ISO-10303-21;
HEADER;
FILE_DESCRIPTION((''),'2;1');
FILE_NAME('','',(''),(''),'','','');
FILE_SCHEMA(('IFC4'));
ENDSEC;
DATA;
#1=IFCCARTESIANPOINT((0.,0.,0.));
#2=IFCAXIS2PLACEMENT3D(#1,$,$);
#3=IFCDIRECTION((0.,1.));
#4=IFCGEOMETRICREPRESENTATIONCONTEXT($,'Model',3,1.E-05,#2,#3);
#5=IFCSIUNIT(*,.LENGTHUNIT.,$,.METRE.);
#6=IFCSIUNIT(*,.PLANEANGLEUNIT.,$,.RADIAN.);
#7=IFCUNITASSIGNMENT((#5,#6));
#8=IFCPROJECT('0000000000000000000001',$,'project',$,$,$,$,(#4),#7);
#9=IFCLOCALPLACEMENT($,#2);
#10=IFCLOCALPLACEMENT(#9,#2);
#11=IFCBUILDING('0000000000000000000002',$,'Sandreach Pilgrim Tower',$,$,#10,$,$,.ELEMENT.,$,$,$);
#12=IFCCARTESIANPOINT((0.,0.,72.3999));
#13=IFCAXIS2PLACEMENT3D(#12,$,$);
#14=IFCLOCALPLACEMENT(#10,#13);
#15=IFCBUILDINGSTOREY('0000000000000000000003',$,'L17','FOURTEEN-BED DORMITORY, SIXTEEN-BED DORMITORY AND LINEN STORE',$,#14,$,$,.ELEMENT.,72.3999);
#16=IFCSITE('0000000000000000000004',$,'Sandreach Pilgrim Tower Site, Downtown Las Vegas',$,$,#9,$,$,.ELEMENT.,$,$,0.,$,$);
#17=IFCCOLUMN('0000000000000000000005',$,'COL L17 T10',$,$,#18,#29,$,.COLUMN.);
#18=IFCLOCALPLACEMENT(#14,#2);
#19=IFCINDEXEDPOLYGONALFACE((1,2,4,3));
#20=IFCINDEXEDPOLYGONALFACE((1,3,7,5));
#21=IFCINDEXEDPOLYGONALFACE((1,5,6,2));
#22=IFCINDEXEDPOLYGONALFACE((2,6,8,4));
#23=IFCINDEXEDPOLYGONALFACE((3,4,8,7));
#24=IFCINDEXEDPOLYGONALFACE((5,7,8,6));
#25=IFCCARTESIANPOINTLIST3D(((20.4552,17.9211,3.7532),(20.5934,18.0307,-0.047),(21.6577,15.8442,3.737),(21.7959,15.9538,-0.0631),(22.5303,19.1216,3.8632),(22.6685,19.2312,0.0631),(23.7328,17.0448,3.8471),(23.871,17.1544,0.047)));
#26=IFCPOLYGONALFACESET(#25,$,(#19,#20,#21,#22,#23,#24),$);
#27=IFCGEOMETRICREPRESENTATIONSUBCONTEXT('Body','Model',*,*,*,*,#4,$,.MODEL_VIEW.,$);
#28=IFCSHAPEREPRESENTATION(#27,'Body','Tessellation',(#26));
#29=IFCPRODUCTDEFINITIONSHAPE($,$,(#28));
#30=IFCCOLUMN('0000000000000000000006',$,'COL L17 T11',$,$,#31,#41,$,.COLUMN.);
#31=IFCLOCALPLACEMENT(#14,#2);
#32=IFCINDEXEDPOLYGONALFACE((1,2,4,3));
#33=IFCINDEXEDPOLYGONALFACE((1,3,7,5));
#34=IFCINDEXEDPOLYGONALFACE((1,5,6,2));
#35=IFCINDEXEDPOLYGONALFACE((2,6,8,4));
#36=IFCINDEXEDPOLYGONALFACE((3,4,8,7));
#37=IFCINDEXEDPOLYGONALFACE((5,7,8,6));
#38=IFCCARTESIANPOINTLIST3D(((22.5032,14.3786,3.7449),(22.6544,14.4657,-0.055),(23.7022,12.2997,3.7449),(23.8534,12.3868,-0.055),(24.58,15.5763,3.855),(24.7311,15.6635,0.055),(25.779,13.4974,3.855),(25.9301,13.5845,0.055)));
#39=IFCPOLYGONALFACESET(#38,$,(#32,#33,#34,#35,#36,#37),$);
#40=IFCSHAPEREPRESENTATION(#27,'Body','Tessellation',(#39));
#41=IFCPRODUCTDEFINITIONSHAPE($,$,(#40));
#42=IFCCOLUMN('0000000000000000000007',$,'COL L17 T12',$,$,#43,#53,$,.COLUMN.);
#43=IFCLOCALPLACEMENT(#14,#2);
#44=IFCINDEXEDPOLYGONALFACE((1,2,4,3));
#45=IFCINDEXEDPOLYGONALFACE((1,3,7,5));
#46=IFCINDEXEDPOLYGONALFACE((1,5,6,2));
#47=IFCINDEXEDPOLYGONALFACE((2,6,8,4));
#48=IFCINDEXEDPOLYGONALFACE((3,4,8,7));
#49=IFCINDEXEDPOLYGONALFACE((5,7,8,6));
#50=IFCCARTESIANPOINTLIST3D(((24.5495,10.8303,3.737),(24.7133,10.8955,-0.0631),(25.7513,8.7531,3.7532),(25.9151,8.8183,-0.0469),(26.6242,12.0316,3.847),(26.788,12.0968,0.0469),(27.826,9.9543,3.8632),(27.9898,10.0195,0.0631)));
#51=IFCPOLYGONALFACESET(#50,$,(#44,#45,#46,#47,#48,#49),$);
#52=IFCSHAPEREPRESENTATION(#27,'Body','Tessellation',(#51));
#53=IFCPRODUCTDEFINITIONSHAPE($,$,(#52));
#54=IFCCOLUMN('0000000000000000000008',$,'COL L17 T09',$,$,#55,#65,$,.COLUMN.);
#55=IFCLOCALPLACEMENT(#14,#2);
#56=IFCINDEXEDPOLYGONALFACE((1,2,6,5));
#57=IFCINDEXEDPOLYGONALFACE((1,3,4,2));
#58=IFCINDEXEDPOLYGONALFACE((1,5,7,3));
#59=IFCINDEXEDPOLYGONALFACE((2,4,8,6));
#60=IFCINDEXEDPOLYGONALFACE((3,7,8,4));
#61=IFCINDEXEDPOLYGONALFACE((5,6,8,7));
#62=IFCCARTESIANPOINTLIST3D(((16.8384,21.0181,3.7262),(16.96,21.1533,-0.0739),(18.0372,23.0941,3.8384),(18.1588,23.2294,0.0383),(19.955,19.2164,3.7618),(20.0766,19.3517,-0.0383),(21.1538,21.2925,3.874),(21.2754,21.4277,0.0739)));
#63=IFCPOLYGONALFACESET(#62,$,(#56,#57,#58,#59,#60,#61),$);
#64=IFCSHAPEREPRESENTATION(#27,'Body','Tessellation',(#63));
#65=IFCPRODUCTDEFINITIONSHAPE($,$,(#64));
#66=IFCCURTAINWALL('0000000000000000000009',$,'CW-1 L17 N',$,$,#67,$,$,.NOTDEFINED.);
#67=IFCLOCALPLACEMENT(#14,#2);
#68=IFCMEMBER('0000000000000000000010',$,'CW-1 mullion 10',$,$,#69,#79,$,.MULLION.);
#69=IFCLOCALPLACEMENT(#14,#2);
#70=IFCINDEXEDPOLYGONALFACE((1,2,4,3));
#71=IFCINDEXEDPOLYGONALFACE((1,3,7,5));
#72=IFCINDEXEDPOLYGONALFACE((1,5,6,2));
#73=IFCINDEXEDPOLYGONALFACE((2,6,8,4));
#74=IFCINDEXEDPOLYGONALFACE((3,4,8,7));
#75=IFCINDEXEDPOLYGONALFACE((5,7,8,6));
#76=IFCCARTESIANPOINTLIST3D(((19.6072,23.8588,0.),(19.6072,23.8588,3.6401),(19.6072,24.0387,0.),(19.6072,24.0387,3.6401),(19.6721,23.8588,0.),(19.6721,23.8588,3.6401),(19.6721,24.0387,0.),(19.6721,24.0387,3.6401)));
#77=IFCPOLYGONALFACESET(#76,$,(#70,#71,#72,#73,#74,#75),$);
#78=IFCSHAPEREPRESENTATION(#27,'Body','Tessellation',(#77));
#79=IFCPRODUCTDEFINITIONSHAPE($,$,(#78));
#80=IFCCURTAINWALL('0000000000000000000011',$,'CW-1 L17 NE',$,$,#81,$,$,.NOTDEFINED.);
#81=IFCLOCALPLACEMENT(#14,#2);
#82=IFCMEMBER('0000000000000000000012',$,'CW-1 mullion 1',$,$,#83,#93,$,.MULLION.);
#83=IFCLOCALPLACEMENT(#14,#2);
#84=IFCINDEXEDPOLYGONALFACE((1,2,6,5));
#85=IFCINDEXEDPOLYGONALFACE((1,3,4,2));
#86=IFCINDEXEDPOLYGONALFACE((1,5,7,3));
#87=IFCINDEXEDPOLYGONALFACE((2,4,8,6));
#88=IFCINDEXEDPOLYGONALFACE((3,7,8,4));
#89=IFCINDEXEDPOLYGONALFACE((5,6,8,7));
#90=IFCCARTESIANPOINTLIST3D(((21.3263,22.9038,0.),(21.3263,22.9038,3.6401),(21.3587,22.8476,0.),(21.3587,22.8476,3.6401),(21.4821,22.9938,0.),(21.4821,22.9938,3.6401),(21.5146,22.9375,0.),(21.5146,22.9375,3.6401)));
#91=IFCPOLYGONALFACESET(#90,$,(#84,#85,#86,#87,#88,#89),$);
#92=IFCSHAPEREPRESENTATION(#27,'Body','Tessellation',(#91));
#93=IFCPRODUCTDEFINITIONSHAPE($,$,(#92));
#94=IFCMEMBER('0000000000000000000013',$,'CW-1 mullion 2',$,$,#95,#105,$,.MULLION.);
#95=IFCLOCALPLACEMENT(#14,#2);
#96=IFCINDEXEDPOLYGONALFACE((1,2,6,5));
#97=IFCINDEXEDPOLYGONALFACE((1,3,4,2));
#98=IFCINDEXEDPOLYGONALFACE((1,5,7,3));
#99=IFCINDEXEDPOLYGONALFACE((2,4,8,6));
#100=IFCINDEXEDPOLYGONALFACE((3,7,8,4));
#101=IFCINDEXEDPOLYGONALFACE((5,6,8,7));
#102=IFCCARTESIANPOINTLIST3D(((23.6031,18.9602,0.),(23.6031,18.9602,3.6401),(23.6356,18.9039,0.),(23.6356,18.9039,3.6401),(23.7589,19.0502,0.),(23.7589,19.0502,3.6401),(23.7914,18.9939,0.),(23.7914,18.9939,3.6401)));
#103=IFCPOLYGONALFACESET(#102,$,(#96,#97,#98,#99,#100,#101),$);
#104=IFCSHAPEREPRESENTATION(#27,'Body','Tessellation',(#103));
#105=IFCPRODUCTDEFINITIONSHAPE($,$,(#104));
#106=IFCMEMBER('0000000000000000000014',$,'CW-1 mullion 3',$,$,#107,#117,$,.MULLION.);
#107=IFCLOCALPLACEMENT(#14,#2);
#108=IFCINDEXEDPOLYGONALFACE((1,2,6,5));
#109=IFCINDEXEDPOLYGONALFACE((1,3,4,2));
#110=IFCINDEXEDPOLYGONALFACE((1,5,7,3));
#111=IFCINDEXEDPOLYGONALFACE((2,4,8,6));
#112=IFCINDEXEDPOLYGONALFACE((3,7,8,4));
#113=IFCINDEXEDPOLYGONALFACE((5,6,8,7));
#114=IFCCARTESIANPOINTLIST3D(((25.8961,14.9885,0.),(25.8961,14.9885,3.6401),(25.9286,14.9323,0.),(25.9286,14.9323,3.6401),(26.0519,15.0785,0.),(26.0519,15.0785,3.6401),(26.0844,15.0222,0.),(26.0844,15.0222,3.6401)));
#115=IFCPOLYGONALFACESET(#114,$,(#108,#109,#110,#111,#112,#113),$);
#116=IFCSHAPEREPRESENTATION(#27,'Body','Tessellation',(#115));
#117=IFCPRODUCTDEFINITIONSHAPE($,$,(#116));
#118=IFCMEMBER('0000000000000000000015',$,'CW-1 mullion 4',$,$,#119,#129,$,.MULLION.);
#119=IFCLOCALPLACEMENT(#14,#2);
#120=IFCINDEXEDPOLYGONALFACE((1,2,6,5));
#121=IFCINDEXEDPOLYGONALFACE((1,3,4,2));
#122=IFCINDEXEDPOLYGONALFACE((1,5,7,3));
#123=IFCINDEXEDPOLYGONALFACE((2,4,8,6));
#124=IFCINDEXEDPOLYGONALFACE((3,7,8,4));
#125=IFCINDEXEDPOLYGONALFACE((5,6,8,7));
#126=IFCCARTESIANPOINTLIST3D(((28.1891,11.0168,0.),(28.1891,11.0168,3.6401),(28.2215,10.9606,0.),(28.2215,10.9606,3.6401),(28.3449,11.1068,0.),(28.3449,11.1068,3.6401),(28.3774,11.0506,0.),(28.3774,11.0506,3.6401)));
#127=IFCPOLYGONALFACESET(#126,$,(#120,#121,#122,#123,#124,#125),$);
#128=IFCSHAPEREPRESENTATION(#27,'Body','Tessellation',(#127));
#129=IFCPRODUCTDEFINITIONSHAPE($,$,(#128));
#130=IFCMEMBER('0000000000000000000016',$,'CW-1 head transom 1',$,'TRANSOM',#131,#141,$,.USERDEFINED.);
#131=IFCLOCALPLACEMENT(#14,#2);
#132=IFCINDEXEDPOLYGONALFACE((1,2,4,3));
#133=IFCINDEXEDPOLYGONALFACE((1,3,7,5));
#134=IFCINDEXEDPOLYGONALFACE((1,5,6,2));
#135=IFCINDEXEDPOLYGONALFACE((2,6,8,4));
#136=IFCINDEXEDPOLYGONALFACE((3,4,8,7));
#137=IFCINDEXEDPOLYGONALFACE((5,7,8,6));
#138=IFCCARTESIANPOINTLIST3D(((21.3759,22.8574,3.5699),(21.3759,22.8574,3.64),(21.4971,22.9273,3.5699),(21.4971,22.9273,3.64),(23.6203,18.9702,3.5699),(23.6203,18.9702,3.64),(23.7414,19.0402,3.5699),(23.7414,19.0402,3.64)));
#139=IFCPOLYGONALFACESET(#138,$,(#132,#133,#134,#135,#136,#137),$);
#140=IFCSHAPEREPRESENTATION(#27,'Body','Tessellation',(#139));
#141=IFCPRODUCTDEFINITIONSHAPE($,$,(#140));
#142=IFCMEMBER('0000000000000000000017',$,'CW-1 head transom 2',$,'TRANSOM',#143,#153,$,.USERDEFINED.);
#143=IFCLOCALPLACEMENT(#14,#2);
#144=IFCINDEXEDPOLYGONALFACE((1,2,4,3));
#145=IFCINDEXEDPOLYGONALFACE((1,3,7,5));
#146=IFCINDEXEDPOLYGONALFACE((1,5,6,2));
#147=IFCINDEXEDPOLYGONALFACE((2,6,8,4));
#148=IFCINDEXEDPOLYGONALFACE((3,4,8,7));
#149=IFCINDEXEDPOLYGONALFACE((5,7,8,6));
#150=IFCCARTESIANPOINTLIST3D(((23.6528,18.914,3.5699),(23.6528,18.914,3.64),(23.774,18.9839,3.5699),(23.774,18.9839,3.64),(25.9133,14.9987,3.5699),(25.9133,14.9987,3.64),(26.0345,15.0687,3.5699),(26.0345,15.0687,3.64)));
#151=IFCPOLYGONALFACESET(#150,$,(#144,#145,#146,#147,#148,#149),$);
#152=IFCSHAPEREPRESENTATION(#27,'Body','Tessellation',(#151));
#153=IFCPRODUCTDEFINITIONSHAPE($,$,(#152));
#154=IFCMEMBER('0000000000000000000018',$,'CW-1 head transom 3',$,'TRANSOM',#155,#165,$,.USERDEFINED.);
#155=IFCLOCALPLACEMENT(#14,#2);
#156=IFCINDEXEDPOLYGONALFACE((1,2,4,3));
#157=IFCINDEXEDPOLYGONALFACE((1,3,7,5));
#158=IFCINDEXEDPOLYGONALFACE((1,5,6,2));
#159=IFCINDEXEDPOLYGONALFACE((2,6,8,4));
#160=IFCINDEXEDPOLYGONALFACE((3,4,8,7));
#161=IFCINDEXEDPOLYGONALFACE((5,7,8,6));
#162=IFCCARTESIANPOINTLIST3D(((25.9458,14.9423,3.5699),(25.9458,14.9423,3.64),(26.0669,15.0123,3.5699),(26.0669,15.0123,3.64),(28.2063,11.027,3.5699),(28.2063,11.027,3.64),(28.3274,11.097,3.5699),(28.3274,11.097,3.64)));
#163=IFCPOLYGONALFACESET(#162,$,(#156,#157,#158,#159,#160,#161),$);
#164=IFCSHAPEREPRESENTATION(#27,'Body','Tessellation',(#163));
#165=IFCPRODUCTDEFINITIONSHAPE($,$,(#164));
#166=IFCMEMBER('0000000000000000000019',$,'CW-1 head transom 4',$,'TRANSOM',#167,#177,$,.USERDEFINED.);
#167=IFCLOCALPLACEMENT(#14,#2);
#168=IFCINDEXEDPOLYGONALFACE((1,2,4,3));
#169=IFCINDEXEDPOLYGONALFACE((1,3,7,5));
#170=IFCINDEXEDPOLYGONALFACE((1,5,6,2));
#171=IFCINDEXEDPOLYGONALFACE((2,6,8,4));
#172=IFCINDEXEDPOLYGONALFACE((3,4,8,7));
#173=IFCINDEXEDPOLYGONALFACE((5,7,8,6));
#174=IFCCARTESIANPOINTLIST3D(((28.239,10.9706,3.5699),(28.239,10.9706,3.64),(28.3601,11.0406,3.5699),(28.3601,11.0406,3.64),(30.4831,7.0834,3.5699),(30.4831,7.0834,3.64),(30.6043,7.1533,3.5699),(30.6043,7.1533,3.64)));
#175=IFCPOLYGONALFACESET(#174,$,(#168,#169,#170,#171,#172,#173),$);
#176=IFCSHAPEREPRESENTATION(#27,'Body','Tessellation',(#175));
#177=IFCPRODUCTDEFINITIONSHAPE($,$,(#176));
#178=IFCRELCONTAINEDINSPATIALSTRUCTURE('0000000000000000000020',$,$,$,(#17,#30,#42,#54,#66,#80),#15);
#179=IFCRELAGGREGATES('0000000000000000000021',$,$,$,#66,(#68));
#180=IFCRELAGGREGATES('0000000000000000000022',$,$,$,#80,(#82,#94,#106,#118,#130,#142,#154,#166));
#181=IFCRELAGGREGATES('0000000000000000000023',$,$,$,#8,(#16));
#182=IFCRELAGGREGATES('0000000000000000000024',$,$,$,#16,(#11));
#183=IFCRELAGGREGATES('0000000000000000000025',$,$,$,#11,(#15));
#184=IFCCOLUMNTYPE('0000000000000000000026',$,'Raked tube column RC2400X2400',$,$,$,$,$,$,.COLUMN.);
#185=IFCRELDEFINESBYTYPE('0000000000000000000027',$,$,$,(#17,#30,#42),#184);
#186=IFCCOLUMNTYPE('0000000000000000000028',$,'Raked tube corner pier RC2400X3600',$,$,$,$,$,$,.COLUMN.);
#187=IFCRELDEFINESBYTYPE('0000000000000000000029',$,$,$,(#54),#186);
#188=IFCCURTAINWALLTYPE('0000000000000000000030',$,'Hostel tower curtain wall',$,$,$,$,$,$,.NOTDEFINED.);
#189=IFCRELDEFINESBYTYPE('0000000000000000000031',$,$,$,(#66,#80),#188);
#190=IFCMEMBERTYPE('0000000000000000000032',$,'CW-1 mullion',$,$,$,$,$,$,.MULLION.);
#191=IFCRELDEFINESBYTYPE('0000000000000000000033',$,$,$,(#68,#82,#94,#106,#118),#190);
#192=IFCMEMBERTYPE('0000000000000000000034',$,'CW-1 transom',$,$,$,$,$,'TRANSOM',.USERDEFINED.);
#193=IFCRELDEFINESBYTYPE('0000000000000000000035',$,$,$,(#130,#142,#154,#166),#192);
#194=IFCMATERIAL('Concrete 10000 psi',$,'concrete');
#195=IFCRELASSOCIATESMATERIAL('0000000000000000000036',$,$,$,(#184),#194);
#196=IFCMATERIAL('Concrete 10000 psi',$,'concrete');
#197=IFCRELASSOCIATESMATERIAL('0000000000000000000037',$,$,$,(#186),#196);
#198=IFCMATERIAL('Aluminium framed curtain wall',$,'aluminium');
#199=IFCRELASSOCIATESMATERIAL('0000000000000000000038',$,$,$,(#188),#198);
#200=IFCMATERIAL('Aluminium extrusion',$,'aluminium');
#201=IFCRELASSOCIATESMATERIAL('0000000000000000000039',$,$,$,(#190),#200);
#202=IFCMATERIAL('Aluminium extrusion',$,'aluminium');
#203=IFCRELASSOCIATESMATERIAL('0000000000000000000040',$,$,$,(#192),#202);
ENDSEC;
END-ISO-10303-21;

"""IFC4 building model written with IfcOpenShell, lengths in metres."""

from ifc_helpers import new_model, si_unit, direction, frame, origin, origin_2d, place, context, subcontext, project, spatial, rectangle, extrude, material, material_profile, profile_set, type_object, element, aggregate, save


model = new_model("IFC4")

# Units and contexts
model_context = context("Model", 3, precision=1e-05, world=origin(), true_north=direction((0.0, 1.0)))
body_context = subcontext(model_context, "Body", "Model", "MODEL_VIEW")
ifc_project = project(units=[si_unit("LENGTHUNIT", "METRE"), si_unit("PLANEANGLEUNIT", "RADIAN")], contexts=[model_context])

# Site, building, storey
site_placement = place(None, origin())
site = spatial("IfcSite", under=ifc_project, at=site_placement, Name="Sandreach Pilgrim Tower Site, Downtown Las Vegas", CompositionType="ELEMENT", RefElevation=0.0)
building_placement = place(site_placement, origin())
building = spatial("IfcBuilding", under=site, at=building_placement, Name="Sandreach Pilgrim Tower", CompositionType="ELEMENT")
storey_placement = place(building_placement, frame((0.0, 0.0, 72.3999)))
storey = spatial("IfcBuildingStorey", under=building, at=storey_placement, Name="L17", Description="FOURTEEN-BED DORMITORY, SIXTEEN-BED DORMITORY AND LINEN STORE", CompositionType="ELEMENT", Elevation=72.3999)

# Columns
ifc_material_1 = material(Name="Concrete 10000 psi", Category="concrete")
ifc_material_profile_1 = material_profile(ifc_material_1, rectangle(XDim=2.3999, YDim=2.3999, at=origin_2d()), Name="RC2400X2400")
ifc_profile_set_1 = profile_set([ifc_material_profile_1], Name="Concrete 10000 psi")
column_type_1 = type_object("IfcColumnType", Name="Raked tube column RC2400X2400", PredefinedType="COLUMN", material=ifc_profile_set_1)
column_1_placement = place(storey_placement, frame((22.2322, 17.5925, 0.0), z_axis=(-0.036325, -0.028816, 0.998925), x_axis=(0.864659, 0.50026, 0.045873)))
element("IfcColumn", 1, at=column_1_placement, inside=storey, type_object=column_type_1, Name="COL L17 T10", PredefinedType="COLUMN", context=body_context, shape_type="SweptSolid", body=[
    extrude(rectangle(XDim=2.3999, YDim=2.3999, at=origin_2d()), origin(), (0.0, 0.0, 1.0), 3.8042),
])
column_2_placement = place(storey_placement, frame((24.2922, 14.0251, 0.0), z_axis=(-0.039727, -0.022912, 0.998948), x_axis=(0.865344, 0.499076, 0.04586)))
element("IfcColumn", 2, at=column_2_placement, inside=storey, type_object=column_type_1, Name="COL L17 T11", PredefinedType="COLUMN", context=body_context, shape_type="SweptSolid", body=[
    extrude(rectangle(XDim=2.3999, YDim=2.3999, at=origin_2d()), origin(), (0.0, 0.0, 1.0), 3.804),
])
column_3_placement = place(storey_placement, frame((26.3516, 10.4575, 0.0), z_axis=(-0.043063, -0.017135, 0.998925), x_axis=(0.864498, 0.500541, 0.045854)))
element("IfcColumn", 3, at=column_3_placement, inside=storey, type_object=column_type_1, Name="COL L17 T12", PredefinedType="COLUMN", context=body_context, shape_type="SweptSolid", body=[
    extrude(rectangle(XDim=2.3999, YDim=2.3999, at=origin_2d()), origin(), (0.0, 0.0, 1.0), 3.8042),
])
ifc_material_2 = material(Name="Concrete 10000 psi", Category="concrete")
ifc_material_profile_2 = material_profile(ifc_material_2, rectangle(XDim=2.3999, YDim=3.6001, at=origin_2d()), Name="RC2400X3600")
ifc_profile_set_2 = profile_set([ifc_material_profile_2], Name="Concrete 10000 psi")
column_type_2 = type_object("IfcColumnType", Name="Raked tube corner pier RC2400X3600", PredefinedType="COLUMN", material=ifc_profile_set_2)
column_4_placement = place(storey_placement, frame((19.1177, 21.2905, 0.0), z_axis=(-0.031958, -0.035552, 0.998857), x_axis=(0.49952, 0.865039, 0.046771)))
element("IfcColumn", 4, at=column_4_placement, inside=storey, type_object=column_type_2, Name="COL L17 T09", PredefinedType="COLUMN", context=body_context, shape_type="SweptSolid", body=[
    extrude(rectangle(XDim=2.3999, YDim=3.6001, at=origin_2d()), origin(), (0.0, 0.0, 1.0), 3.8044),
])

# Curtain wall, member
ifc_material_3 = material(Name="Aluminium framed curtain wall", Category="aluminium")
curtain_wall_type = type_object("IfcCurtainWallType", Name="Hostel tower curtain wall", PredefinedType="NOTDEFINED", material=ifc_material_3)
curtain_wall_1_placement = place(storey_placement, origin())
curtain_wall_1 = element("IfcCurtainWall", 5, at=curtain_wall_1_placement, inside=storey, type_object=curtain_wall_type, Name="CW-1 L17 N", PredefinedType="NOTDEFINED")
ifc_material_4 = material(Name="Aluminium extrusion", Category="aluminium")
ifc_material_profile_3 = material_profile(ifc_material_4, rectangle(XDim=0.0649, YDim=0.1799, at=origin_2d()), Name="CW-1M 65X180")
ifc_profile_set_3 = profile_set([ifc_material_profile_3], Name="Aluminium extrusion")
member_type_1 = type_object("IfcMemberType", Name="CW-1 mullion", PredefinedType="MULLION", material=ifc_profile_set_3)
member_1_placement = place(storey_placement, frame((19.6396, 23.9487, 0.0), z_axis=(0.0, 0.0, 1.0), x_axis=(1.0, 0.0, 0.0)))
member_1 = element("IfcMember", 6, at=member_1_placement, type_object=member_type_1, Name="CW-1 mullion 10", PredefinedType="MULLION", context=body_context, shape_type="SweptSolid", body=[
    extrude(rectangle(XDim=0.0649, YDim=0.1799, at=origin_2d()), origin(), (0.0, 0.0, 1.0), 3.6401),
])

# Curtain wall, members
curtain_wall_2_placement = place(storey_placement, origin())
curtain_wall_2 = element("IfcCurtainWall", 7, at=curtain_wall_2_placement, inside=storey, type_object=curtain_wall_type, Name="CW-1 L17 NE", PredefinedType="NOTDEFINED")
member_2_placement = place(storey_placement, frame((21.4204, 22.9207, 0.0), z_axis=(0.0, 0.0, 1.0), x_axis=(0.5, -0.866025, 0.0)))
member_2 = element("IfcMember", 8, at=member_2_placement, type_object=member_type_1, Name="CW-1 mullion 1", PredefinedType="MULLION", context=body_context, shape_type="SweptSolid", body=[
    extrude(rectangle(XDim=0.0649, YDim=0.1799, at=origin_2d()), origin(), (0.0, 0.0, 1.0), 3.6401),
])
member_3_placement = place(storey_placement, frame((23.6973, 18.9771, 0.0), z_axis=(0.0, 0.0, 1.0), x_axis=(0.5, -0.866025, 0.0)))
member_3 = element("IfcMember", 9, at=member_3_placement, type_object=member_type_1, Name="CW-1 mullion 2", PredefinedType="MULLION", context=body_context, shape_type="SweptSolid", body=[
    extrude(rectangle(XDim=0.0649, YDim=0.1799, at=origin_2d()), origin(), (0.0, 0.0, 1.0), 3.6401),
])
member_4_placement = place(storey_placement, frame((25.9902, 15.0054, 0.0), z_axis=(0.0, 0.0, 1.0), x_axis=(0.5, -0.866025, 0.0)))
member_4 = element("IfcMember", 10, at=member_4_placement, type_object=member_type_1, Name="CW-1 mullion 3", PredefinedType="MULLION", context=body_context, shape_type="SweptSolid", body=[
    extrude(rectangle(XDim=0.0649, YDim=0.1799, at=origin_2d()), origin(), (0.0, 0.0, 1.0), 3.6401),
])
member_5_placement = place(storey_placement, frame((28.2832, 11.0337, 0.0), z_axis=(0.0, 0.0, 1.0), x_axis=(0.5, -0.866025, 0.0)))
member_5 = element("IfcMember", 11, at=member_5_placement, type_object=member_type_1, Name="CW-1 mullion 4", PredefinedType="MULLION", context=body_context, shape_type="SweptSolid", body=[
    extrude(rectangle(XDim=0.0649, YDim=0.1799, at=origin_2d()), origin(), (0.0, 0.0, 1.0), 3.6401),
])
ifc_material_5 = material(Name="Aluminium extrusion", Category="aluminium")
ifc_material_profile_4 = material_profile(ifc_material_5, rectangle(XDim=0.1399, YDim=0.0701, at=origin_2d()), Name="CW-1T 140X70")
ifc_profile_set_4 = profile_set([ifc_material_profile_4], Name="Aluminium extrusion")
member_type_2 = type_object("IfcMemberType", Name="CW-1 transom", ElementType="TRANSOM", PredefinedType="USERDEFINED", material=ifc_profile_set_4)
member_6_placement = place(storey_placement, frame((21.4365, 22.8923, 3.605), z_axis=(0.500018, -0.866015, 0.0), x_axis=(0.866015, 0.500018, 0.0)))
member_6 = element("IfcMember", 12, at=member_6_placement, type_object=member_type_2, Name="CW-1 head transom 1", ObjectType="TRANSOM", PredefinedType="USERDEFINED", context=body_context, shape_type="SweptSolid", body=[
    extrude(rectangle(XDim=0.1399, YDim=0.0701, at=origin_2d()), origin(), (0.0, 0.0, 1.0), 4.4885),
])
member_7_placement = place(storey_placement, frame((23.7134, 18.949, 3.605), z_axis=(0.500001, -0.866025, 0.0), x_axis=(0.866025, 0.500001, 0.0)))
member_7 = element("IfcMember", 13, at=member_7_placement, type_object=member_type_2, Name="CW-1 head transom 2", ObjectType="TRANSOM", PredefinedType="USERDEFINED", context=body_context, shape_type="SweptSolid", body=[
    extrude(rectangle(XDim=0.1399, YDim=0.0701, at=origin_2d()), origin(), (0.0, 0.0, 1.0), 4.521),
])
member_8_placement = place(storey_placement, frame((26.0063, 14.9773, 3.605), z_axis=(0.500001, -0.866025, 0.0), x_axis=(0.866025, 0.500001, 0.0)))
member_8 = element("IfcMember", 14, at=member_8_placement, type_object=member_type_2, Name="CW-1 head transom 3", ObjectType="TRANSOM", PredefinedType="USERDEFINED", context=body_context, shape_type="SweptSolid", body=[
    extrude(rectangle(XDim=0.1399, YDim=0.0701, at=origin_2d()), origin(), (0.0, 0.0, 1.0), 4.521),
])
member_9_placement = place(storey_placement, frame((28.2996, 11.0056, 3.605), z_axis=(0.499977, -0.866039, 0.0), x_axis=(0.866039, 0.499977, 0.0)))
member_9 = element("IfcMember", 15, at=member_9_placement, type_object=member_type_2, Name="CW-1 head transom 4", ObjectType="TRANSOM", PredefinedType="USERDEFINED", context=body_context, shape_type="SweptSolid", body=[
    extrude(rectangle(XDim=0.1399, YDim=0.0701, at=origin_2d()), origin(), (0.0, 0.0, 1.0), 4.4885),
])

aggregate(curtain_wall_1, [member_1])
aggregate(curtain_wall_2, [member_2, member_3, member_4, member_5, member_6, member_7, member_8, member_9])

save(model, "model.ifc")
